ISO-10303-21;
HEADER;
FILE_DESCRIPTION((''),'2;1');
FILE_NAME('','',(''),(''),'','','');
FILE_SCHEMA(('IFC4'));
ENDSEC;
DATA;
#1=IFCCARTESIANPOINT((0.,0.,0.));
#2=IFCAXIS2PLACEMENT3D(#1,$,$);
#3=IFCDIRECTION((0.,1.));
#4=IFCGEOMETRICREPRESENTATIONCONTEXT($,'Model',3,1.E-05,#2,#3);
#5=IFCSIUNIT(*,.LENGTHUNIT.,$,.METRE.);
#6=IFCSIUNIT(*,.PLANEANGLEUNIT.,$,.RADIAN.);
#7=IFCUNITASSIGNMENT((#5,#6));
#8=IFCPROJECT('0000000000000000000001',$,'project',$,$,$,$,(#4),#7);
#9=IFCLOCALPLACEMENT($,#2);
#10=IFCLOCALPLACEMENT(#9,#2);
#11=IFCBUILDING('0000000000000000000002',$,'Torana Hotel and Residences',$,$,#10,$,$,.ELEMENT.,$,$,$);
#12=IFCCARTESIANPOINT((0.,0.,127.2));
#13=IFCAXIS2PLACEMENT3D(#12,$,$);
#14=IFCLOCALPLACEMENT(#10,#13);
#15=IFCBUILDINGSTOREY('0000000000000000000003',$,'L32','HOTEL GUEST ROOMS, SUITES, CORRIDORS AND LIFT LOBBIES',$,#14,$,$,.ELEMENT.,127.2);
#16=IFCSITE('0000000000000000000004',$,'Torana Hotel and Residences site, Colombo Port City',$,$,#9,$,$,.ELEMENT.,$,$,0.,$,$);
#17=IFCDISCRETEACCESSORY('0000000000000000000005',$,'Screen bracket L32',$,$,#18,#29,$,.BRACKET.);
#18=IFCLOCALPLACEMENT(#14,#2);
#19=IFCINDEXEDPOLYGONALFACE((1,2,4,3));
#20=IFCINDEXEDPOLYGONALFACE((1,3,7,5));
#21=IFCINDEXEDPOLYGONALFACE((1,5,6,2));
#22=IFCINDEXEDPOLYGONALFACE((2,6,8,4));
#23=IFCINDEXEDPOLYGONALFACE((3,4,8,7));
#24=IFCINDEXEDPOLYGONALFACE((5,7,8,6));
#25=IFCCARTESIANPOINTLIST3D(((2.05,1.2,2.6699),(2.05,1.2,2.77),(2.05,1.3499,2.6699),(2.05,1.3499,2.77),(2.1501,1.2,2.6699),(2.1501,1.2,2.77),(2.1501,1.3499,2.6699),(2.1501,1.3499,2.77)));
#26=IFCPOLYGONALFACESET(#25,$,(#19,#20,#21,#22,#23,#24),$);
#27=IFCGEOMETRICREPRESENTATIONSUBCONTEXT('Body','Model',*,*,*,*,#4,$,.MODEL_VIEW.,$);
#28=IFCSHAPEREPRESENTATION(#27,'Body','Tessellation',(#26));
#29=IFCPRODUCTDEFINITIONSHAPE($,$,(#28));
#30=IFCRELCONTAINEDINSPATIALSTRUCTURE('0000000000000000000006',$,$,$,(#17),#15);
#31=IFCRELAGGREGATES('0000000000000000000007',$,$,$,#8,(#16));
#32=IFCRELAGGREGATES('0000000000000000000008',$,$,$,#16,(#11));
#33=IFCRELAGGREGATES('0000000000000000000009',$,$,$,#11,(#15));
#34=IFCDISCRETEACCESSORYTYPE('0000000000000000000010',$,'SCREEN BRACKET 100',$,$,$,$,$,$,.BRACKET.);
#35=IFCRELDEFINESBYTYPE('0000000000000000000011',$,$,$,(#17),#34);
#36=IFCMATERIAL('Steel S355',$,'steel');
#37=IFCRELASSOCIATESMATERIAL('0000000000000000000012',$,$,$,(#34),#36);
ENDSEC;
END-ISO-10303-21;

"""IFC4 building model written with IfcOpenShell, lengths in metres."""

from ifc_helpers import new_model, si_unit, direction, frame, origin, origin_2d, place, context, subcontext, project, spatial, rectangle, extrude, material, type_object, element, save


model = new_model("IFC4")

# Units and contexts
model_context = context("Model", 3, precision=1e-05, world=origin(), true_north=direction((0.0, 1.0)))
body_context = subcontext(model_context, "Body", "Model", "MODEL_VIEW")
ifc_project = project(units=[si_unit("LENGTHUNIT", "METRE"), si_unit("PLANEANGLEUNIT", "RADIAN")], contexts=[model_context])

# Site, building, storey
site_placement = place(None, origin())
site = spatial("IfcSite", under=ifc_project, at=site_placement, Name="Torana Hotel and Residences site, Colombo Port City", CompositionType="ELEMENT", RefElevation=0.0)
building_placement = place(site_placement, origin())
building = spatial("IfcBuilding", under=site, at=building_placement, Name="Torana Hotel and Residences", CompositionType="ELEMENT")
storey_placement = place(building_placement, frame((0.0, 0.0, 127.2)))
storey = spatial("IfcBuildingStorey", under=building, at=storey_placement, Name="L32", Description="HOTEL GUEST ROOMS, SUITES, CORRIDORS AND LIFT LOBBIES", CompositionType="ELEMENT", Elevation=127.2)

# Discrete accessory
ifc_material_1 = material(Name="Steel S355", Category="steel")
discrete_accessory_type = type_object("IfcDiscreteAccessoryType", Name="SCREEN BRACKET 100", PredefinedType="BRACKET", material=ifc_material_1)
for number, where, z_axis, x_axis, name in (
    (1, (2.1001, 1.2749, 2.6699), (0.0, 0.0, 1.0), (-1.0, 0.0, 0.0), "Screen bracket L32"),
):
    element("IfcDiscreteAccessory", number, at=place(storey_placement, frame(where, z_axis=z_axis, x_axis=x_axis)), inside=storey, type_object=discrete_accessory_type, Name=name, PredefinedType="BRACKET", context=body_context, shape_type="SweptSolid", body=[
        extrude(rectangle(XDim=0.1001, YDim=0.1499, at=origin_2d()), origin(), (0.0, 0.0, 1.0), 0.1001),
    ])

save(model, "model.ifc")
